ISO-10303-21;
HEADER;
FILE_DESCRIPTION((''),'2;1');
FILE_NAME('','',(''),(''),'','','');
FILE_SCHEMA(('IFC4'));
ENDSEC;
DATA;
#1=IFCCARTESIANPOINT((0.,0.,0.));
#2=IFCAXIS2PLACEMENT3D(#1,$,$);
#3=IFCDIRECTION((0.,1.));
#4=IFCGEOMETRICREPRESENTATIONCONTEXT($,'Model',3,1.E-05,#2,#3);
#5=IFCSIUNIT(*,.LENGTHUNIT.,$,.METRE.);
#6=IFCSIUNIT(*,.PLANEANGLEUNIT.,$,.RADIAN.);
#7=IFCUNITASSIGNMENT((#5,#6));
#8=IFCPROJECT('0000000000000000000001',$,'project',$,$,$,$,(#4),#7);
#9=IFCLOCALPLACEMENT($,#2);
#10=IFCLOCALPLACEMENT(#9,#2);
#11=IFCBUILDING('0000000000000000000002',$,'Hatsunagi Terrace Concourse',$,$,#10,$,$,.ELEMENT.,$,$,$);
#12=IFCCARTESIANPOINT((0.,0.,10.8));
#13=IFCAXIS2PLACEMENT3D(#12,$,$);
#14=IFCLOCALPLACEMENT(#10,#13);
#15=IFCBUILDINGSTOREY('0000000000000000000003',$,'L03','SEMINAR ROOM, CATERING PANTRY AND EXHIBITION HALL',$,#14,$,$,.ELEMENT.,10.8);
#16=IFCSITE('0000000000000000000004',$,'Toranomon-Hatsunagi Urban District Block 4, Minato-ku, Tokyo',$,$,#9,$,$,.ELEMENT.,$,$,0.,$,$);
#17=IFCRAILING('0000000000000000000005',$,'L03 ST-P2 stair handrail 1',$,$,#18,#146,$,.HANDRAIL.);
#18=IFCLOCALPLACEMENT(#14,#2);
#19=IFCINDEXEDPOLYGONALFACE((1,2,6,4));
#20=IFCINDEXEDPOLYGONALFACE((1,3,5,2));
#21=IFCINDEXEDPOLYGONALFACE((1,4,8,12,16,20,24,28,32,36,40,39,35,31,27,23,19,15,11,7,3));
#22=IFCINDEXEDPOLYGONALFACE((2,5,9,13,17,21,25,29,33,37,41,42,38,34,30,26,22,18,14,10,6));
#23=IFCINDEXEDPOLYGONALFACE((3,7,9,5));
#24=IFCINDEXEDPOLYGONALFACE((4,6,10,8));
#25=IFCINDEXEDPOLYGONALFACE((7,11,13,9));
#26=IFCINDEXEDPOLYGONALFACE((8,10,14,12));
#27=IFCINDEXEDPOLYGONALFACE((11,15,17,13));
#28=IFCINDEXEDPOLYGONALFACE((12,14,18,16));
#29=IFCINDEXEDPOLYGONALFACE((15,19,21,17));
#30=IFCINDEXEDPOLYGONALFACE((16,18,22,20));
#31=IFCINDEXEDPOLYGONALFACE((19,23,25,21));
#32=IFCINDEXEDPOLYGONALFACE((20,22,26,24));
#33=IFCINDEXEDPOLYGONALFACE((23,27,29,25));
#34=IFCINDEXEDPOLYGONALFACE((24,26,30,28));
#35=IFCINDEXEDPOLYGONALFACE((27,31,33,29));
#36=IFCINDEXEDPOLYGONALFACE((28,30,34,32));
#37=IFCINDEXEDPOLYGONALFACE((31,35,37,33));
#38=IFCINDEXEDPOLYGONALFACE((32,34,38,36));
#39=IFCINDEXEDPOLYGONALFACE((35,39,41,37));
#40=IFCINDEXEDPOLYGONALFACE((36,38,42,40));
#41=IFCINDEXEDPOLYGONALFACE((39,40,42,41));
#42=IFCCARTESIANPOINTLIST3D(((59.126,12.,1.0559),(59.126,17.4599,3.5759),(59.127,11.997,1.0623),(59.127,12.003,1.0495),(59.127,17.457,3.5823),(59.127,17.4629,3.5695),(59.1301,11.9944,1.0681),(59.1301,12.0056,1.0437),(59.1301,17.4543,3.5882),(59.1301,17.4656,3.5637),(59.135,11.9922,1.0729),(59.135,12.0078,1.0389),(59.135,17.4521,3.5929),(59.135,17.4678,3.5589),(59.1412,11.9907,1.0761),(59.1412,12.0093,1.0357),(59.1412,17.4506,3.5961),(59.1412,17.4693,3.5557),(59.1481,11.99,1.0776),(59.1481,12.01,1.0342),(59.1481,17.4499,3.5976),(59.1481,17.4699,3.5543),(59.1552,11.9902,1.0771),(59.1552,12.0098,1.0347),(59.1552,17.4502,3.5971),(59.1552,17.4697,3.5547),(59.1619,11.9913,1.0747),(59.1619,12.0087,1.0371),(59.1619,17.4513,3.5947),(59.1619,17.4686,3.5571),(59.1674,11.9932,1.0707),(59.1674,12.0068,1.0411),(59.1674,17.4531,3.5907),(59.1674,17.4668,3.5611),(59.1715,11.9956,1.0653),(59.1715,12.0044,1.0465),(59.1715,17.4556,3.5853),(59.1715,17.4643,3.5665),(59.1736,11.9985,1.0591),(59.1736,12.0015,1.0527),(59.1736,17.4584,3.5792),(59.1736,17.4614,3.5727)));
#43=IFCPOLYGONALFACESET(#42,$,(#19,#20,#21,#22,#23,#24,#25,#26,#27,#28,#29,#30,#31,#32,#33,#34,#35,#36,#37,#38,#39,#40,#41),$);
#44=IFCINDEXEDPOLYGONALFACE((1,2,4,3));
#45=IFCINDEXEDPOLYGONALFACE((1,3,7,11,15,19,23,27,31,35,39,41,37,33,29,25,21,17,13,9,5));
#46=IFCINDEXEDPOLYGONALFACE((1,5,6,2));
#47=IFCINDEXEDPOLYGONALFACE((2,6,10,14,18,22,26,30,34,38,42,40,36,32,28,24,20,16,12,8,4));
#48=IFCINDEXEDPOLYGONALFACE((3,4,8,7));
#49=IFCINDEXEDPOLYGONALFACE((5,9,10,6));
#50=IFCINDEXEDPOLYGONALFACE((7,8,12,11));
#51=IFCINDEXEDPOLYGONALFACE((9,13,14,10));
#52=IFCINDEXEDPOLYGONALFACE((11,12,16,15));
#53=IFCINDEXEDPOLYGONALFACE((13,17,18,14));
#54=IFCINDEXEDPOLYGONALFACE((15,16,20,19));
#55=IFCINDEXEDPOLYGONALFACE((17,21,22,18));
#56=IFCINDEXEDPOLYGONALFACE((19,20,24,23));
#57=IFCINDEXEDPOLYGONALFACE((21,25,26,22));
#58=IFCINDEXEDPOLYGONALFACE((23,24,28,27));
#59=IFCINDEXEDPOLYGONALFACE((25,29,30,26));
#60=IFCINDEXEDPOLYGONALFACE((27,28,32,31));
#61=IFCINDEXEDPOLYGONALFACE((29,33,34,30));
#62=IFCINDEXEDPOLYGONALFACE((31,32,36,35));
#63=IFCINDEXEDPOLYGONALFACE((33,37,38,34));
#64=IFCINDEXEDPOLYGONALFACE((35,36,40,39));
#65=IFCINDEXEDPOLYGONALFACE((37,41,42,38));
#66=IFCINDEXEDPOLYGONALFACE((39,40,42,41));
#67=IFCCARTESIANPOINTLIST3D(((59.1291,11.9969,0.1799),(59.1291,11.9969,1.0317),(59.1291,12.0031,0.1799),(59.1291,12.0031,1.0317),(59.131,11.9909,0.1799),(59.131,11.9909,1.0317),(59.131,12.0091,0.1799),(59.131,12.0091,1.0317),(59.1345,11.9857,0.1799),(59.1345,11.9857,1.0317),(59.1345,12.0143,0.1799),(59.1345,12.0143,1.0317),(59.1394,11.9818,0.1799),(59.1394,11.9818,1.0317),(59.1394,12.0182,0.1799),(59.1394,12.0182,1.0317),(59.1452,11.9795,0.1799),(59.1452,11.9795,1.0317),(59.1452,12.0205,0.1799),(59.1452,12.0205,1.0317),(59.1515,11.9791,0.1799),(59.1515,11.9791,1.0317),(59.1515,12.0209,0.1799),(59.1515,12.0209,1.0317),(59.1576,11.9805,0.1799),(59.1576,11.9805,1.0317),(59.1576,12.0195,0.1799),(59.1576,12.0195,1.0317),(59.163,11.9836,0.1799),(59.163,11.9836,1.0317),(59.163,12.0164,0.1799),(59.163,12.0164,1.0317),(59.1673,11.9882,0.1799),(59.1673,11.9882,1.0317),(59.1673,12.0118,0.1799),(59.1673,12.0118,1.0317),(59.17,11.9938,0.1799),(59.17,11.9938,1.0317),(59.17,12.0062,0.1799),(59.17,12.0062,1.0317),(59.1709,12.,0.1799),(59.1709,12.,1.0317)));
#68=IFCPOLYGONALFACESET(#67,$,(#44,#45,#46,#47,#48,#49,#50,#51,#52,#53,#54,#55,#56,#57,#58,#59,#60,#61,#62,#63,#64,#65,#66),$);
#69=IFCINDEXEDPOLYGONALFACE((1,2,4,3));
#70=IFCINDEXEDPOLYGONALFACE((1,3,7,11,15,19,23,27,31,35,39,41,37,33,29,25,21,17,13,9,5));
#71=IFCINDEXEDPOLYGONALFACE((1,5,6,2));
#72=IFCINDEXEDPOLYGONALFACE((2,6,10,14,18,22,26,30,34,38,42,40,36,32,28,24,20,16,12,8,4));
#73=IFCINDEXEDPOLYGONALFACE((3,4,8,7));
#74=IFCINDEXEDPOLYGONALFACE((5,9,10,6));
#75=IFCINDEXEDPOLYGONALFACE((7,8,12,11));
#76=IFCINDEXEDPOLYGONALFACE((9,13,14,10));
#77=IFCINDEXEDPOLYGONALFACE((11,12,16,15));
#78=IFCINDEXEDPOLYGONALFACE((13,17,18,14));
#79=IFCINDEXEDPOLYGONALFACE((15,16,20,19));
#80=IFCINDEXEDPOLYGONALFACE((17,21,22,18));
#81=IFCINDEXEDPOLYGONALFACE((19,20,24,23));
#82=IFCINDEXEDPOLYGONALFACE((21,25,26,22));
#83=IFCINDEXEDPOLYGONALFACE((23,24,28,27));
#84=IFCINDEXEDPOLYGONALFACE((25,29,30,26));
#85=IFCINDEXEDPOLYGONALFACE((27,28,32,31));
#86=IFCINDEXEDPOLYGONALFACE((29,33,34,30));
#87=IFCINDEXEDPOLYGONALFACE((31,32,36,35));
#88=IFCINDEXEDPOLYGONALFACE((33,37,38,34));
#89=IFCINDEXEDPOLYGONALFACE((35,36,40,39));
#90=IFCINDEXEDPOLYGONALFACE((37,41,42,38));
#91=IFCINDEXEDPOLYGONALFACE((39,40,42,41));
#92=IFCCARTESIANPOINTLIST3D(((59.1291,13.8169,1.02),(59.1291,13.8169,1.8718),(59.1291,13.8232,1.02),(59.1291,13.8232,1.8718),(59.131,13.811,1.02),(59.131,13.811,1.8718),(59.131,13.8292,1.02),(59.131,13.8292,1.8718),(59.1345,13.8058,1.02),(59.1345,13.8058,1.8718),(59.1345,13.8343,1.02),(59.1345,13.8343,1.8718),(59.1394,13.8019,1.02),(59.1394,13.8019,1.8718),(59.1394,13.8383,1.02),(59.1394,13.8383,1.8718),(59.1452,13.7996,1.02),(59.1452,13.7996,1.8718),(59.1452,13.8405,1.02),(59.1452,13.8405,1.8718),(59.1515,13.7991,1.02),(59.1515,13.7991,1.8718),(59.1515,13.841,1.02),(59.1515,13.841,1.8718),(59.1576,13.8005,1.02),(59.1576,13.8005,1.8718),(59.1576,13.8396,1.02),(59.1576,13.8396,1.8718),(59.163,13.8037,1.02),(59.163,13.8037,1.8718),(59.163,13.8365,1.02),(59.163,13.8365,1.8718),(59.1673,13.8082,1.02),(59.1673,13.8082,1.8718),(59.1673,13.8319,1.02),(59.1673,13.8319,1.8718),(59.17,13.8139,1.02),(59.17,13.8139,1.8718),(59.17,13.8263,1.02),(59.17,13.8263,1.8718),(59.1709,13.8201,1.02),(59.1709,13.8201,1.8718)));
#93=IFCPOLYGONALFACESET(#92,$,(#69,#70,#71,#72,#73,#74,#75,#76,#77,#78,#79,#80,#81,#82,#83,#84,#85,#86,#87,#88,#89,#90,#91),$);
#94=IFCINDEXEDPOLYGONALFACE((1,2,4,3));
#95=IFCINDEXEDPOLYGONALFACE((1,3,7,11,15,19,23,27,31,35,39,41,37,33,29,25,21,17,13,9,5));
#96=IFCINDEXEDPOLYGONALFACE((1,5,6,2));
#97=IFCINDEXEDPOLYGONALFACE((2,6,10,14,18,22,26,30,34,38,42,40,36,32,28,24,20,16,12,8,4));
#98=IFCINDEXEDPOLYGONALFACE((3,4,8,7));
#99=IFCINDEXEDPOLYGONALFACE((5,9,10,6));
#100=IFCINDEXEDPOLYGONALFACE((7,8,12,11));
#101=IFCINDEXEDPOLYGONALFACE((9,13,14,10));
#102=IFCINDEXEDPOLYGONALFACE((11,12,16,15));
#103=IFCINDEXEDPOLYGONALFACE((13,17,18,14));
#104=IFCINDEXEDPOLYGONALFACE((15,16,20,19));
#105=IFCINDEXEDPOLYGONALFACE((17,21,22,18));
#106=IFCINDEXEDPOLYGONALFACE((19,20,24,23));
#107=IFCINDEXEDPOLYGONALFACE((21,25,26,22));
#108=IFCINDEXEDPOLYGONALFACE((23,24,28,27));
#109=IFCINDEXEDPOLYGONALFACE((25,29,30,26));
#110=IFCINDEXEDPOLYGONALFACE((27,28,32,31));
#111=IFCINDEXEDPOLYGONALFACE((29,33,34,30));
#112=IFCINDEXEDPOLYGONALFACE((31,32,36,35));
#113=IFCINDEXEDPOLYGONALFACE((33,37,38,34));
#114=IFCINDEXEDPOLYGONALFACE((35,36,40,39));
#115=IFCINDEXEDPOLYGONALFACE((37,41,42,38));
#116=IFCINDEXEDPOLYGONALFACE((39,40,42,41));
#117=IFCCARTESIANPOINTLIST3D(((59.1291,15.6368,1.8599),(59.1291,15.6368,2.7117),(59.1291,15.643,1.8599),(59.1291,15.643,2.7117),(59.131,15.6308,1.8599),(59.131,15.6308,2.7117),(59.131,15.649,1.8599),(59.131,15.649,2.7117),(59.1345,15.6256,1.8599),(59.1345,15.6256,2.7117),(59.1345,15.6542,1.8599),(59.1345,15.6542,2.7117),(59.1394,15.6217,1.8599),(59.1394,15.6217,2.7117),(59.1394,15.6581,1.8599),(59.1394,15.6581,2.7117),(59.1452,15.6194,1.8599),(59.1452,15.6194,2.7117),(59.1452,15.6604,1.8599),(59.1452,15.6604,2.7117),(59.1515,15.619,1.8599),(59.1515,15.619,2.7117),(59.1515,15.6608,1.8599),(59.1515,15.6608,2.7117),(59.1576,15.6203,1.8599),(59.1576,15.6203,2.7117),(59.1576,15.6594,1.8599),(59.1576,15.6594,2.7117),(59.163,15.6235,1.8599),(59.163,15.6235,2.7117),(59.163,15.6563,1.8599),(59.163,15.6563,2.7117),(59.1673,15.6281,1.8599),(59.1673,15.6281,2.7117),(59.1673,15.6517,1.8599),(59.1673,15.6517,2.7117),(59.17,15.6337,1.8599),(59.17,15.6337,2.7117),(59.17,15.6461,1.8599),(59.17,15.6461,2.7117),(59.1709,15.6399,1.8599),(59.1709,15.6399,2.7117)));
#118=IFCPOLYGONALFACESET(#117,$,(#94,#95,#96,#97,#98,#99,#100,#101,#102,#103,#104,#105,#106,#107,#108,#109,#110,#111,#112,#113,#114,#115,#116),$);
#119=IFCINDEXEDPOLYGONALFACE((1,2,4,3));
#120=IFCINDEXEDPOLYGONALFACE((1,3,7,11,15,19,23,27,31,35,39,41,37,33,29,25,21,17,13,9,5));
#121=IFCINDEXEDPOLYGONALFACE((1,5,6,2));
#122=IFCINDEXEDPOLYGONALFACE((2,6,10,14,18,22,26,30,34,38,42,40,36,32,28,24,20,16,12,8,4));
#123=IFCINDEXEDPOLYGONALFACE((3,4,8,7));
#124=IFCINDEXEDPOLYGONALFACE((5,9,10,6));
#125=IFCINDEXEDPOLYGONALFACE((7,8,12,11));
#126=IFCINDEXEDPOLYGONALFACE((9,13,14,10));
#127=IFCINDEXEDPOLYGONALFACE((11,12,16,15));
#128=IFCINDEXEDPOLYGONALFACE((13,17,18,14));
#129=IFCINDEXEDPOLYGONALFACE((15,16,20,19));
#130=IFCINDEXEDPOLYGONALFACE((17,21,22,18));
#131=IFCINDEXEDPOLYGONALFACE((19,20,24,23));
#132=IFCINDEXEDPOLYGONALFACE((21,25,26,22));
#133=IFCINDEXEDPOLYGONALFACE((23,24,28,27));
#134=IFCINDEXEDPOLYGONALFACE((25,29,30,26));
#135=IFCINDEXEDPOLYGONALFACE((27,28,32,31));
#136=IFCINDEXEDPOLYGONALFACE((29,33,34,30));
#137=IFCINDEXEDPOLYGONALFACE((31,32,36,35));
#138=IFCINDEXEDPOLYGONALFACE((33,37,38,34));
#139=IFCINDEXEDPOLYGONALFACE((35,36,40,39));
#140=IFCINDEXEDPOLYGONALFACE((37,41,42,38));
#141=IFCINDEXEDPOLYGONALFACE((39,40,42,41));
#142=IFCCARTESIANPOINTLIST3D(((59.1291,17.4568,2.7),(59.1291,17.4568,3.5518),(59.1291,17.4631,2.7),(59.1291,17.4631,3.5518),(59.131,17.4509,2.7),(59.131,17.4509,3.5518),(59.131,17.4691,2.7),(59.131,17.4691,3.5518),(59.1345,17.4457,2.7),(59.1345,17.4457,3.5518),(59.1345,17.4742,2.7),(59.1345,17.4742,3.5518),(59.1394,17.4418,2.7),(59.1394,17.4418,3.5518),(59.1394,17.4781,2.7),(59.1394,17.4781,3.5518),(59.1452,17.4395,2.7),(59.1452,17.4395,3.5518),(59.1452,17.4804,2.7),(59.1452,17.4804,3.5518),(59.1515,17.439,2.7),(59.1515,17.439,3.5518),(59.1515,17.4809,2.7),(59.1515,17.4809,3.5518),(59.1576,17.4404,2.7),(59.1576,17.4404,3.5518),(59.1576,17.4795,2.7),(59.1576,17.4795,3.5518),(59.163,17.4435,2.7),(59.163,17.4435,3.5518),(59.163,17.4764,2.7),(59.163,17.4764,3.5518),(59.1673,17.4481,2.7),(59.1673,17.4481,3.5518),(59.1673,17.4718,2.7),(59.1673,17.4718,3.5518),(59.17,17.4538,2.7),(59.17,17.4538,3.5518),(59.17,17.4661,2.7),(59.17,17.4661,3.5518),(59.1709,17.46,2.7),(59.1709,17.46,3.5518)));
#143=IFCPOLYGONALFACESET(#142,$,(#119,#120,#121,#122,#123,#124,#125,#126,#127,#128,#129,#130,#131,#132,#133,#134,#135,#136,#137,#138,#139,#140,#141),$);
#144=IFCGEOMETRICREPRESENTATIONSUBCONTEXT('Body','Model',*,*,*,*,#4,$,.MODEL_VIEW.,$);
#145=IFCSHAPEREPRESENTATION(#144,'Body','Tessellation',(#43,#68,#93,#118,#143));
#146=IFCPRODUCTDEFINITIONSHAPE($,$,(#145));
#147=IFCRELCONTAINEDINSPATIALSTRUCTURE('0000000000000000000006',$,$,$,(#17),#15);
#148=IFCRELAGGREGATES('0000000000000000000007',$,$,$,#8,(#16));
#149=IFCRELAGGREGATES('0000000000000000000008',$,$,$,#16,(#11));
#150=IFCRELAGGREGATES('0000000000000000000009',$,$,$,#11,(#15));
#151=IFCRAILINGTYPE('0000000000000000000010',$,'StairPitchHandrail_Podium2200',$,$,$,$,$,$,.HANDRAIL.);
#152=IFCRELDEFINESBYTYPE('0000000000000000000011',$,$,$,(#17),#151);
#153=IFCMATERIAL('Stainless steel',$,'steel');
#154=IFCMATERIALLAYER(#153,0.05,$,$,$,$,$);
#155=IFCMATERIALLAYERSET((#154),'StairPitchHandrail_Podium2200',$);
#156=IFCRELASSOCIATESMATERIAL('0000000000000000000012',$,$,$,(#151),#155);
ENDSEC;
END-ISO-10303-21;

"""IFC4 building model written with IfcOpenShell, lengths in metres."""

from ifc_helpers import new_model, si_unit, direction, frame, origin, origin_2d, place, context, subcontext, project, spatial, circle, extrude, material, layer, layer_set, type_object, element, save


model = new_model("IFC4")

# Units and contexts
model_context = context("Model", 3, precision=1e-05, world=origin(), true_north=direction((0.0, 1.0)))
body_context = subcontext(model_context, "Body", "Model", "MODEL_VIEW")
ifc_project = project(units=[si_unit("LENGTHUNIT", "METRE"), si_unit("PLANEANGLEUNIT", "RADIAN")], contexts=[model_context])

# Site, building, storey
site_placement = place(None, origin())
site = spatial("IfcSite", under=ifc_project, at=site_placement, Name="Toranomon-Hatsunagi Urban District Block 4, Minato-ku, Tokyo", CompositionType="ELEMENT", RefElevation=0.0)
building_placement = place(site_placement, origin())
building = spatial("IfcBuilding", under=site, at=building_placement, Name="Hatsunagi Terrace Concourse", CompositionType="ELEMENT")
storey_placement = place(building_placement, frame((0.0, 0.0, 10.8)))
storey = spatial("IfcBuildingStorey", under=building, at=storey_placement, Name="L03", Description="SEMINAR ROOM, CATERING PANTRY AND EXHIBITION HALL", CompositionType="ELEMENT", Elevation=10.8)

# Railing
ifc_material_1 = material(Name="Stainless steel", Category="steel")
ifc_layer_1 = layer(ifc_material_1, 0.05)
ifc_layer_set_1 = layer_set([ifc_layer_1], Name="StairPitchHandrail_Podium2200")
railing_type = type_object("IfcRailingType", Name="StairPitchHandrail_Podium2200", PredefinedType="HANDRAIL", material=ifc_layer_set_1)
railing_placement = place(storey_placement, frame((59.1499, 12.0, 0.1799)))
element("IfcRailing", 1, at=railing_placement, inside=storey, type_object=railing_type, Name="L03 ST-P2 stair handrail 1", PredefinedType="HANDRAIL", context=body_context, shape_type="SweptSolid", body=[
    extrude(circle(Radius=0.0239, at=origin_2d()), frame((0.0, 0.0, 0.876), z_axis=(0.0, 0.907957, 0.419063), x_axis=(-1.0, 0.0, 0.0)), (0.0, 0.0, 1.0), 6.0134),
    extrude(circle(Radius=0.021, at=origin_2d()), origin(), (0.0, 0.0, 1.0), 0.8518),
    extrude(circle(Radius=0.021, at=origin_2d()), frame((0.0, 1.8201, 0.8401)), (0.0, 0.0, 1.0), 0.8518),
    extrude(circle(Radius=0.021, at=origin_2d()), frame((0.0, 3.6399, 1.6799)), (0.0, 0.0, 1.0), 0.8518),
    extrude(circle(Radius=0.021, at=origin_2d()), frame((0.0, 5.46, 2.52)), (0.0, 0.0, 1.0), 0.8518),
])

save(model, "model.ifc")
